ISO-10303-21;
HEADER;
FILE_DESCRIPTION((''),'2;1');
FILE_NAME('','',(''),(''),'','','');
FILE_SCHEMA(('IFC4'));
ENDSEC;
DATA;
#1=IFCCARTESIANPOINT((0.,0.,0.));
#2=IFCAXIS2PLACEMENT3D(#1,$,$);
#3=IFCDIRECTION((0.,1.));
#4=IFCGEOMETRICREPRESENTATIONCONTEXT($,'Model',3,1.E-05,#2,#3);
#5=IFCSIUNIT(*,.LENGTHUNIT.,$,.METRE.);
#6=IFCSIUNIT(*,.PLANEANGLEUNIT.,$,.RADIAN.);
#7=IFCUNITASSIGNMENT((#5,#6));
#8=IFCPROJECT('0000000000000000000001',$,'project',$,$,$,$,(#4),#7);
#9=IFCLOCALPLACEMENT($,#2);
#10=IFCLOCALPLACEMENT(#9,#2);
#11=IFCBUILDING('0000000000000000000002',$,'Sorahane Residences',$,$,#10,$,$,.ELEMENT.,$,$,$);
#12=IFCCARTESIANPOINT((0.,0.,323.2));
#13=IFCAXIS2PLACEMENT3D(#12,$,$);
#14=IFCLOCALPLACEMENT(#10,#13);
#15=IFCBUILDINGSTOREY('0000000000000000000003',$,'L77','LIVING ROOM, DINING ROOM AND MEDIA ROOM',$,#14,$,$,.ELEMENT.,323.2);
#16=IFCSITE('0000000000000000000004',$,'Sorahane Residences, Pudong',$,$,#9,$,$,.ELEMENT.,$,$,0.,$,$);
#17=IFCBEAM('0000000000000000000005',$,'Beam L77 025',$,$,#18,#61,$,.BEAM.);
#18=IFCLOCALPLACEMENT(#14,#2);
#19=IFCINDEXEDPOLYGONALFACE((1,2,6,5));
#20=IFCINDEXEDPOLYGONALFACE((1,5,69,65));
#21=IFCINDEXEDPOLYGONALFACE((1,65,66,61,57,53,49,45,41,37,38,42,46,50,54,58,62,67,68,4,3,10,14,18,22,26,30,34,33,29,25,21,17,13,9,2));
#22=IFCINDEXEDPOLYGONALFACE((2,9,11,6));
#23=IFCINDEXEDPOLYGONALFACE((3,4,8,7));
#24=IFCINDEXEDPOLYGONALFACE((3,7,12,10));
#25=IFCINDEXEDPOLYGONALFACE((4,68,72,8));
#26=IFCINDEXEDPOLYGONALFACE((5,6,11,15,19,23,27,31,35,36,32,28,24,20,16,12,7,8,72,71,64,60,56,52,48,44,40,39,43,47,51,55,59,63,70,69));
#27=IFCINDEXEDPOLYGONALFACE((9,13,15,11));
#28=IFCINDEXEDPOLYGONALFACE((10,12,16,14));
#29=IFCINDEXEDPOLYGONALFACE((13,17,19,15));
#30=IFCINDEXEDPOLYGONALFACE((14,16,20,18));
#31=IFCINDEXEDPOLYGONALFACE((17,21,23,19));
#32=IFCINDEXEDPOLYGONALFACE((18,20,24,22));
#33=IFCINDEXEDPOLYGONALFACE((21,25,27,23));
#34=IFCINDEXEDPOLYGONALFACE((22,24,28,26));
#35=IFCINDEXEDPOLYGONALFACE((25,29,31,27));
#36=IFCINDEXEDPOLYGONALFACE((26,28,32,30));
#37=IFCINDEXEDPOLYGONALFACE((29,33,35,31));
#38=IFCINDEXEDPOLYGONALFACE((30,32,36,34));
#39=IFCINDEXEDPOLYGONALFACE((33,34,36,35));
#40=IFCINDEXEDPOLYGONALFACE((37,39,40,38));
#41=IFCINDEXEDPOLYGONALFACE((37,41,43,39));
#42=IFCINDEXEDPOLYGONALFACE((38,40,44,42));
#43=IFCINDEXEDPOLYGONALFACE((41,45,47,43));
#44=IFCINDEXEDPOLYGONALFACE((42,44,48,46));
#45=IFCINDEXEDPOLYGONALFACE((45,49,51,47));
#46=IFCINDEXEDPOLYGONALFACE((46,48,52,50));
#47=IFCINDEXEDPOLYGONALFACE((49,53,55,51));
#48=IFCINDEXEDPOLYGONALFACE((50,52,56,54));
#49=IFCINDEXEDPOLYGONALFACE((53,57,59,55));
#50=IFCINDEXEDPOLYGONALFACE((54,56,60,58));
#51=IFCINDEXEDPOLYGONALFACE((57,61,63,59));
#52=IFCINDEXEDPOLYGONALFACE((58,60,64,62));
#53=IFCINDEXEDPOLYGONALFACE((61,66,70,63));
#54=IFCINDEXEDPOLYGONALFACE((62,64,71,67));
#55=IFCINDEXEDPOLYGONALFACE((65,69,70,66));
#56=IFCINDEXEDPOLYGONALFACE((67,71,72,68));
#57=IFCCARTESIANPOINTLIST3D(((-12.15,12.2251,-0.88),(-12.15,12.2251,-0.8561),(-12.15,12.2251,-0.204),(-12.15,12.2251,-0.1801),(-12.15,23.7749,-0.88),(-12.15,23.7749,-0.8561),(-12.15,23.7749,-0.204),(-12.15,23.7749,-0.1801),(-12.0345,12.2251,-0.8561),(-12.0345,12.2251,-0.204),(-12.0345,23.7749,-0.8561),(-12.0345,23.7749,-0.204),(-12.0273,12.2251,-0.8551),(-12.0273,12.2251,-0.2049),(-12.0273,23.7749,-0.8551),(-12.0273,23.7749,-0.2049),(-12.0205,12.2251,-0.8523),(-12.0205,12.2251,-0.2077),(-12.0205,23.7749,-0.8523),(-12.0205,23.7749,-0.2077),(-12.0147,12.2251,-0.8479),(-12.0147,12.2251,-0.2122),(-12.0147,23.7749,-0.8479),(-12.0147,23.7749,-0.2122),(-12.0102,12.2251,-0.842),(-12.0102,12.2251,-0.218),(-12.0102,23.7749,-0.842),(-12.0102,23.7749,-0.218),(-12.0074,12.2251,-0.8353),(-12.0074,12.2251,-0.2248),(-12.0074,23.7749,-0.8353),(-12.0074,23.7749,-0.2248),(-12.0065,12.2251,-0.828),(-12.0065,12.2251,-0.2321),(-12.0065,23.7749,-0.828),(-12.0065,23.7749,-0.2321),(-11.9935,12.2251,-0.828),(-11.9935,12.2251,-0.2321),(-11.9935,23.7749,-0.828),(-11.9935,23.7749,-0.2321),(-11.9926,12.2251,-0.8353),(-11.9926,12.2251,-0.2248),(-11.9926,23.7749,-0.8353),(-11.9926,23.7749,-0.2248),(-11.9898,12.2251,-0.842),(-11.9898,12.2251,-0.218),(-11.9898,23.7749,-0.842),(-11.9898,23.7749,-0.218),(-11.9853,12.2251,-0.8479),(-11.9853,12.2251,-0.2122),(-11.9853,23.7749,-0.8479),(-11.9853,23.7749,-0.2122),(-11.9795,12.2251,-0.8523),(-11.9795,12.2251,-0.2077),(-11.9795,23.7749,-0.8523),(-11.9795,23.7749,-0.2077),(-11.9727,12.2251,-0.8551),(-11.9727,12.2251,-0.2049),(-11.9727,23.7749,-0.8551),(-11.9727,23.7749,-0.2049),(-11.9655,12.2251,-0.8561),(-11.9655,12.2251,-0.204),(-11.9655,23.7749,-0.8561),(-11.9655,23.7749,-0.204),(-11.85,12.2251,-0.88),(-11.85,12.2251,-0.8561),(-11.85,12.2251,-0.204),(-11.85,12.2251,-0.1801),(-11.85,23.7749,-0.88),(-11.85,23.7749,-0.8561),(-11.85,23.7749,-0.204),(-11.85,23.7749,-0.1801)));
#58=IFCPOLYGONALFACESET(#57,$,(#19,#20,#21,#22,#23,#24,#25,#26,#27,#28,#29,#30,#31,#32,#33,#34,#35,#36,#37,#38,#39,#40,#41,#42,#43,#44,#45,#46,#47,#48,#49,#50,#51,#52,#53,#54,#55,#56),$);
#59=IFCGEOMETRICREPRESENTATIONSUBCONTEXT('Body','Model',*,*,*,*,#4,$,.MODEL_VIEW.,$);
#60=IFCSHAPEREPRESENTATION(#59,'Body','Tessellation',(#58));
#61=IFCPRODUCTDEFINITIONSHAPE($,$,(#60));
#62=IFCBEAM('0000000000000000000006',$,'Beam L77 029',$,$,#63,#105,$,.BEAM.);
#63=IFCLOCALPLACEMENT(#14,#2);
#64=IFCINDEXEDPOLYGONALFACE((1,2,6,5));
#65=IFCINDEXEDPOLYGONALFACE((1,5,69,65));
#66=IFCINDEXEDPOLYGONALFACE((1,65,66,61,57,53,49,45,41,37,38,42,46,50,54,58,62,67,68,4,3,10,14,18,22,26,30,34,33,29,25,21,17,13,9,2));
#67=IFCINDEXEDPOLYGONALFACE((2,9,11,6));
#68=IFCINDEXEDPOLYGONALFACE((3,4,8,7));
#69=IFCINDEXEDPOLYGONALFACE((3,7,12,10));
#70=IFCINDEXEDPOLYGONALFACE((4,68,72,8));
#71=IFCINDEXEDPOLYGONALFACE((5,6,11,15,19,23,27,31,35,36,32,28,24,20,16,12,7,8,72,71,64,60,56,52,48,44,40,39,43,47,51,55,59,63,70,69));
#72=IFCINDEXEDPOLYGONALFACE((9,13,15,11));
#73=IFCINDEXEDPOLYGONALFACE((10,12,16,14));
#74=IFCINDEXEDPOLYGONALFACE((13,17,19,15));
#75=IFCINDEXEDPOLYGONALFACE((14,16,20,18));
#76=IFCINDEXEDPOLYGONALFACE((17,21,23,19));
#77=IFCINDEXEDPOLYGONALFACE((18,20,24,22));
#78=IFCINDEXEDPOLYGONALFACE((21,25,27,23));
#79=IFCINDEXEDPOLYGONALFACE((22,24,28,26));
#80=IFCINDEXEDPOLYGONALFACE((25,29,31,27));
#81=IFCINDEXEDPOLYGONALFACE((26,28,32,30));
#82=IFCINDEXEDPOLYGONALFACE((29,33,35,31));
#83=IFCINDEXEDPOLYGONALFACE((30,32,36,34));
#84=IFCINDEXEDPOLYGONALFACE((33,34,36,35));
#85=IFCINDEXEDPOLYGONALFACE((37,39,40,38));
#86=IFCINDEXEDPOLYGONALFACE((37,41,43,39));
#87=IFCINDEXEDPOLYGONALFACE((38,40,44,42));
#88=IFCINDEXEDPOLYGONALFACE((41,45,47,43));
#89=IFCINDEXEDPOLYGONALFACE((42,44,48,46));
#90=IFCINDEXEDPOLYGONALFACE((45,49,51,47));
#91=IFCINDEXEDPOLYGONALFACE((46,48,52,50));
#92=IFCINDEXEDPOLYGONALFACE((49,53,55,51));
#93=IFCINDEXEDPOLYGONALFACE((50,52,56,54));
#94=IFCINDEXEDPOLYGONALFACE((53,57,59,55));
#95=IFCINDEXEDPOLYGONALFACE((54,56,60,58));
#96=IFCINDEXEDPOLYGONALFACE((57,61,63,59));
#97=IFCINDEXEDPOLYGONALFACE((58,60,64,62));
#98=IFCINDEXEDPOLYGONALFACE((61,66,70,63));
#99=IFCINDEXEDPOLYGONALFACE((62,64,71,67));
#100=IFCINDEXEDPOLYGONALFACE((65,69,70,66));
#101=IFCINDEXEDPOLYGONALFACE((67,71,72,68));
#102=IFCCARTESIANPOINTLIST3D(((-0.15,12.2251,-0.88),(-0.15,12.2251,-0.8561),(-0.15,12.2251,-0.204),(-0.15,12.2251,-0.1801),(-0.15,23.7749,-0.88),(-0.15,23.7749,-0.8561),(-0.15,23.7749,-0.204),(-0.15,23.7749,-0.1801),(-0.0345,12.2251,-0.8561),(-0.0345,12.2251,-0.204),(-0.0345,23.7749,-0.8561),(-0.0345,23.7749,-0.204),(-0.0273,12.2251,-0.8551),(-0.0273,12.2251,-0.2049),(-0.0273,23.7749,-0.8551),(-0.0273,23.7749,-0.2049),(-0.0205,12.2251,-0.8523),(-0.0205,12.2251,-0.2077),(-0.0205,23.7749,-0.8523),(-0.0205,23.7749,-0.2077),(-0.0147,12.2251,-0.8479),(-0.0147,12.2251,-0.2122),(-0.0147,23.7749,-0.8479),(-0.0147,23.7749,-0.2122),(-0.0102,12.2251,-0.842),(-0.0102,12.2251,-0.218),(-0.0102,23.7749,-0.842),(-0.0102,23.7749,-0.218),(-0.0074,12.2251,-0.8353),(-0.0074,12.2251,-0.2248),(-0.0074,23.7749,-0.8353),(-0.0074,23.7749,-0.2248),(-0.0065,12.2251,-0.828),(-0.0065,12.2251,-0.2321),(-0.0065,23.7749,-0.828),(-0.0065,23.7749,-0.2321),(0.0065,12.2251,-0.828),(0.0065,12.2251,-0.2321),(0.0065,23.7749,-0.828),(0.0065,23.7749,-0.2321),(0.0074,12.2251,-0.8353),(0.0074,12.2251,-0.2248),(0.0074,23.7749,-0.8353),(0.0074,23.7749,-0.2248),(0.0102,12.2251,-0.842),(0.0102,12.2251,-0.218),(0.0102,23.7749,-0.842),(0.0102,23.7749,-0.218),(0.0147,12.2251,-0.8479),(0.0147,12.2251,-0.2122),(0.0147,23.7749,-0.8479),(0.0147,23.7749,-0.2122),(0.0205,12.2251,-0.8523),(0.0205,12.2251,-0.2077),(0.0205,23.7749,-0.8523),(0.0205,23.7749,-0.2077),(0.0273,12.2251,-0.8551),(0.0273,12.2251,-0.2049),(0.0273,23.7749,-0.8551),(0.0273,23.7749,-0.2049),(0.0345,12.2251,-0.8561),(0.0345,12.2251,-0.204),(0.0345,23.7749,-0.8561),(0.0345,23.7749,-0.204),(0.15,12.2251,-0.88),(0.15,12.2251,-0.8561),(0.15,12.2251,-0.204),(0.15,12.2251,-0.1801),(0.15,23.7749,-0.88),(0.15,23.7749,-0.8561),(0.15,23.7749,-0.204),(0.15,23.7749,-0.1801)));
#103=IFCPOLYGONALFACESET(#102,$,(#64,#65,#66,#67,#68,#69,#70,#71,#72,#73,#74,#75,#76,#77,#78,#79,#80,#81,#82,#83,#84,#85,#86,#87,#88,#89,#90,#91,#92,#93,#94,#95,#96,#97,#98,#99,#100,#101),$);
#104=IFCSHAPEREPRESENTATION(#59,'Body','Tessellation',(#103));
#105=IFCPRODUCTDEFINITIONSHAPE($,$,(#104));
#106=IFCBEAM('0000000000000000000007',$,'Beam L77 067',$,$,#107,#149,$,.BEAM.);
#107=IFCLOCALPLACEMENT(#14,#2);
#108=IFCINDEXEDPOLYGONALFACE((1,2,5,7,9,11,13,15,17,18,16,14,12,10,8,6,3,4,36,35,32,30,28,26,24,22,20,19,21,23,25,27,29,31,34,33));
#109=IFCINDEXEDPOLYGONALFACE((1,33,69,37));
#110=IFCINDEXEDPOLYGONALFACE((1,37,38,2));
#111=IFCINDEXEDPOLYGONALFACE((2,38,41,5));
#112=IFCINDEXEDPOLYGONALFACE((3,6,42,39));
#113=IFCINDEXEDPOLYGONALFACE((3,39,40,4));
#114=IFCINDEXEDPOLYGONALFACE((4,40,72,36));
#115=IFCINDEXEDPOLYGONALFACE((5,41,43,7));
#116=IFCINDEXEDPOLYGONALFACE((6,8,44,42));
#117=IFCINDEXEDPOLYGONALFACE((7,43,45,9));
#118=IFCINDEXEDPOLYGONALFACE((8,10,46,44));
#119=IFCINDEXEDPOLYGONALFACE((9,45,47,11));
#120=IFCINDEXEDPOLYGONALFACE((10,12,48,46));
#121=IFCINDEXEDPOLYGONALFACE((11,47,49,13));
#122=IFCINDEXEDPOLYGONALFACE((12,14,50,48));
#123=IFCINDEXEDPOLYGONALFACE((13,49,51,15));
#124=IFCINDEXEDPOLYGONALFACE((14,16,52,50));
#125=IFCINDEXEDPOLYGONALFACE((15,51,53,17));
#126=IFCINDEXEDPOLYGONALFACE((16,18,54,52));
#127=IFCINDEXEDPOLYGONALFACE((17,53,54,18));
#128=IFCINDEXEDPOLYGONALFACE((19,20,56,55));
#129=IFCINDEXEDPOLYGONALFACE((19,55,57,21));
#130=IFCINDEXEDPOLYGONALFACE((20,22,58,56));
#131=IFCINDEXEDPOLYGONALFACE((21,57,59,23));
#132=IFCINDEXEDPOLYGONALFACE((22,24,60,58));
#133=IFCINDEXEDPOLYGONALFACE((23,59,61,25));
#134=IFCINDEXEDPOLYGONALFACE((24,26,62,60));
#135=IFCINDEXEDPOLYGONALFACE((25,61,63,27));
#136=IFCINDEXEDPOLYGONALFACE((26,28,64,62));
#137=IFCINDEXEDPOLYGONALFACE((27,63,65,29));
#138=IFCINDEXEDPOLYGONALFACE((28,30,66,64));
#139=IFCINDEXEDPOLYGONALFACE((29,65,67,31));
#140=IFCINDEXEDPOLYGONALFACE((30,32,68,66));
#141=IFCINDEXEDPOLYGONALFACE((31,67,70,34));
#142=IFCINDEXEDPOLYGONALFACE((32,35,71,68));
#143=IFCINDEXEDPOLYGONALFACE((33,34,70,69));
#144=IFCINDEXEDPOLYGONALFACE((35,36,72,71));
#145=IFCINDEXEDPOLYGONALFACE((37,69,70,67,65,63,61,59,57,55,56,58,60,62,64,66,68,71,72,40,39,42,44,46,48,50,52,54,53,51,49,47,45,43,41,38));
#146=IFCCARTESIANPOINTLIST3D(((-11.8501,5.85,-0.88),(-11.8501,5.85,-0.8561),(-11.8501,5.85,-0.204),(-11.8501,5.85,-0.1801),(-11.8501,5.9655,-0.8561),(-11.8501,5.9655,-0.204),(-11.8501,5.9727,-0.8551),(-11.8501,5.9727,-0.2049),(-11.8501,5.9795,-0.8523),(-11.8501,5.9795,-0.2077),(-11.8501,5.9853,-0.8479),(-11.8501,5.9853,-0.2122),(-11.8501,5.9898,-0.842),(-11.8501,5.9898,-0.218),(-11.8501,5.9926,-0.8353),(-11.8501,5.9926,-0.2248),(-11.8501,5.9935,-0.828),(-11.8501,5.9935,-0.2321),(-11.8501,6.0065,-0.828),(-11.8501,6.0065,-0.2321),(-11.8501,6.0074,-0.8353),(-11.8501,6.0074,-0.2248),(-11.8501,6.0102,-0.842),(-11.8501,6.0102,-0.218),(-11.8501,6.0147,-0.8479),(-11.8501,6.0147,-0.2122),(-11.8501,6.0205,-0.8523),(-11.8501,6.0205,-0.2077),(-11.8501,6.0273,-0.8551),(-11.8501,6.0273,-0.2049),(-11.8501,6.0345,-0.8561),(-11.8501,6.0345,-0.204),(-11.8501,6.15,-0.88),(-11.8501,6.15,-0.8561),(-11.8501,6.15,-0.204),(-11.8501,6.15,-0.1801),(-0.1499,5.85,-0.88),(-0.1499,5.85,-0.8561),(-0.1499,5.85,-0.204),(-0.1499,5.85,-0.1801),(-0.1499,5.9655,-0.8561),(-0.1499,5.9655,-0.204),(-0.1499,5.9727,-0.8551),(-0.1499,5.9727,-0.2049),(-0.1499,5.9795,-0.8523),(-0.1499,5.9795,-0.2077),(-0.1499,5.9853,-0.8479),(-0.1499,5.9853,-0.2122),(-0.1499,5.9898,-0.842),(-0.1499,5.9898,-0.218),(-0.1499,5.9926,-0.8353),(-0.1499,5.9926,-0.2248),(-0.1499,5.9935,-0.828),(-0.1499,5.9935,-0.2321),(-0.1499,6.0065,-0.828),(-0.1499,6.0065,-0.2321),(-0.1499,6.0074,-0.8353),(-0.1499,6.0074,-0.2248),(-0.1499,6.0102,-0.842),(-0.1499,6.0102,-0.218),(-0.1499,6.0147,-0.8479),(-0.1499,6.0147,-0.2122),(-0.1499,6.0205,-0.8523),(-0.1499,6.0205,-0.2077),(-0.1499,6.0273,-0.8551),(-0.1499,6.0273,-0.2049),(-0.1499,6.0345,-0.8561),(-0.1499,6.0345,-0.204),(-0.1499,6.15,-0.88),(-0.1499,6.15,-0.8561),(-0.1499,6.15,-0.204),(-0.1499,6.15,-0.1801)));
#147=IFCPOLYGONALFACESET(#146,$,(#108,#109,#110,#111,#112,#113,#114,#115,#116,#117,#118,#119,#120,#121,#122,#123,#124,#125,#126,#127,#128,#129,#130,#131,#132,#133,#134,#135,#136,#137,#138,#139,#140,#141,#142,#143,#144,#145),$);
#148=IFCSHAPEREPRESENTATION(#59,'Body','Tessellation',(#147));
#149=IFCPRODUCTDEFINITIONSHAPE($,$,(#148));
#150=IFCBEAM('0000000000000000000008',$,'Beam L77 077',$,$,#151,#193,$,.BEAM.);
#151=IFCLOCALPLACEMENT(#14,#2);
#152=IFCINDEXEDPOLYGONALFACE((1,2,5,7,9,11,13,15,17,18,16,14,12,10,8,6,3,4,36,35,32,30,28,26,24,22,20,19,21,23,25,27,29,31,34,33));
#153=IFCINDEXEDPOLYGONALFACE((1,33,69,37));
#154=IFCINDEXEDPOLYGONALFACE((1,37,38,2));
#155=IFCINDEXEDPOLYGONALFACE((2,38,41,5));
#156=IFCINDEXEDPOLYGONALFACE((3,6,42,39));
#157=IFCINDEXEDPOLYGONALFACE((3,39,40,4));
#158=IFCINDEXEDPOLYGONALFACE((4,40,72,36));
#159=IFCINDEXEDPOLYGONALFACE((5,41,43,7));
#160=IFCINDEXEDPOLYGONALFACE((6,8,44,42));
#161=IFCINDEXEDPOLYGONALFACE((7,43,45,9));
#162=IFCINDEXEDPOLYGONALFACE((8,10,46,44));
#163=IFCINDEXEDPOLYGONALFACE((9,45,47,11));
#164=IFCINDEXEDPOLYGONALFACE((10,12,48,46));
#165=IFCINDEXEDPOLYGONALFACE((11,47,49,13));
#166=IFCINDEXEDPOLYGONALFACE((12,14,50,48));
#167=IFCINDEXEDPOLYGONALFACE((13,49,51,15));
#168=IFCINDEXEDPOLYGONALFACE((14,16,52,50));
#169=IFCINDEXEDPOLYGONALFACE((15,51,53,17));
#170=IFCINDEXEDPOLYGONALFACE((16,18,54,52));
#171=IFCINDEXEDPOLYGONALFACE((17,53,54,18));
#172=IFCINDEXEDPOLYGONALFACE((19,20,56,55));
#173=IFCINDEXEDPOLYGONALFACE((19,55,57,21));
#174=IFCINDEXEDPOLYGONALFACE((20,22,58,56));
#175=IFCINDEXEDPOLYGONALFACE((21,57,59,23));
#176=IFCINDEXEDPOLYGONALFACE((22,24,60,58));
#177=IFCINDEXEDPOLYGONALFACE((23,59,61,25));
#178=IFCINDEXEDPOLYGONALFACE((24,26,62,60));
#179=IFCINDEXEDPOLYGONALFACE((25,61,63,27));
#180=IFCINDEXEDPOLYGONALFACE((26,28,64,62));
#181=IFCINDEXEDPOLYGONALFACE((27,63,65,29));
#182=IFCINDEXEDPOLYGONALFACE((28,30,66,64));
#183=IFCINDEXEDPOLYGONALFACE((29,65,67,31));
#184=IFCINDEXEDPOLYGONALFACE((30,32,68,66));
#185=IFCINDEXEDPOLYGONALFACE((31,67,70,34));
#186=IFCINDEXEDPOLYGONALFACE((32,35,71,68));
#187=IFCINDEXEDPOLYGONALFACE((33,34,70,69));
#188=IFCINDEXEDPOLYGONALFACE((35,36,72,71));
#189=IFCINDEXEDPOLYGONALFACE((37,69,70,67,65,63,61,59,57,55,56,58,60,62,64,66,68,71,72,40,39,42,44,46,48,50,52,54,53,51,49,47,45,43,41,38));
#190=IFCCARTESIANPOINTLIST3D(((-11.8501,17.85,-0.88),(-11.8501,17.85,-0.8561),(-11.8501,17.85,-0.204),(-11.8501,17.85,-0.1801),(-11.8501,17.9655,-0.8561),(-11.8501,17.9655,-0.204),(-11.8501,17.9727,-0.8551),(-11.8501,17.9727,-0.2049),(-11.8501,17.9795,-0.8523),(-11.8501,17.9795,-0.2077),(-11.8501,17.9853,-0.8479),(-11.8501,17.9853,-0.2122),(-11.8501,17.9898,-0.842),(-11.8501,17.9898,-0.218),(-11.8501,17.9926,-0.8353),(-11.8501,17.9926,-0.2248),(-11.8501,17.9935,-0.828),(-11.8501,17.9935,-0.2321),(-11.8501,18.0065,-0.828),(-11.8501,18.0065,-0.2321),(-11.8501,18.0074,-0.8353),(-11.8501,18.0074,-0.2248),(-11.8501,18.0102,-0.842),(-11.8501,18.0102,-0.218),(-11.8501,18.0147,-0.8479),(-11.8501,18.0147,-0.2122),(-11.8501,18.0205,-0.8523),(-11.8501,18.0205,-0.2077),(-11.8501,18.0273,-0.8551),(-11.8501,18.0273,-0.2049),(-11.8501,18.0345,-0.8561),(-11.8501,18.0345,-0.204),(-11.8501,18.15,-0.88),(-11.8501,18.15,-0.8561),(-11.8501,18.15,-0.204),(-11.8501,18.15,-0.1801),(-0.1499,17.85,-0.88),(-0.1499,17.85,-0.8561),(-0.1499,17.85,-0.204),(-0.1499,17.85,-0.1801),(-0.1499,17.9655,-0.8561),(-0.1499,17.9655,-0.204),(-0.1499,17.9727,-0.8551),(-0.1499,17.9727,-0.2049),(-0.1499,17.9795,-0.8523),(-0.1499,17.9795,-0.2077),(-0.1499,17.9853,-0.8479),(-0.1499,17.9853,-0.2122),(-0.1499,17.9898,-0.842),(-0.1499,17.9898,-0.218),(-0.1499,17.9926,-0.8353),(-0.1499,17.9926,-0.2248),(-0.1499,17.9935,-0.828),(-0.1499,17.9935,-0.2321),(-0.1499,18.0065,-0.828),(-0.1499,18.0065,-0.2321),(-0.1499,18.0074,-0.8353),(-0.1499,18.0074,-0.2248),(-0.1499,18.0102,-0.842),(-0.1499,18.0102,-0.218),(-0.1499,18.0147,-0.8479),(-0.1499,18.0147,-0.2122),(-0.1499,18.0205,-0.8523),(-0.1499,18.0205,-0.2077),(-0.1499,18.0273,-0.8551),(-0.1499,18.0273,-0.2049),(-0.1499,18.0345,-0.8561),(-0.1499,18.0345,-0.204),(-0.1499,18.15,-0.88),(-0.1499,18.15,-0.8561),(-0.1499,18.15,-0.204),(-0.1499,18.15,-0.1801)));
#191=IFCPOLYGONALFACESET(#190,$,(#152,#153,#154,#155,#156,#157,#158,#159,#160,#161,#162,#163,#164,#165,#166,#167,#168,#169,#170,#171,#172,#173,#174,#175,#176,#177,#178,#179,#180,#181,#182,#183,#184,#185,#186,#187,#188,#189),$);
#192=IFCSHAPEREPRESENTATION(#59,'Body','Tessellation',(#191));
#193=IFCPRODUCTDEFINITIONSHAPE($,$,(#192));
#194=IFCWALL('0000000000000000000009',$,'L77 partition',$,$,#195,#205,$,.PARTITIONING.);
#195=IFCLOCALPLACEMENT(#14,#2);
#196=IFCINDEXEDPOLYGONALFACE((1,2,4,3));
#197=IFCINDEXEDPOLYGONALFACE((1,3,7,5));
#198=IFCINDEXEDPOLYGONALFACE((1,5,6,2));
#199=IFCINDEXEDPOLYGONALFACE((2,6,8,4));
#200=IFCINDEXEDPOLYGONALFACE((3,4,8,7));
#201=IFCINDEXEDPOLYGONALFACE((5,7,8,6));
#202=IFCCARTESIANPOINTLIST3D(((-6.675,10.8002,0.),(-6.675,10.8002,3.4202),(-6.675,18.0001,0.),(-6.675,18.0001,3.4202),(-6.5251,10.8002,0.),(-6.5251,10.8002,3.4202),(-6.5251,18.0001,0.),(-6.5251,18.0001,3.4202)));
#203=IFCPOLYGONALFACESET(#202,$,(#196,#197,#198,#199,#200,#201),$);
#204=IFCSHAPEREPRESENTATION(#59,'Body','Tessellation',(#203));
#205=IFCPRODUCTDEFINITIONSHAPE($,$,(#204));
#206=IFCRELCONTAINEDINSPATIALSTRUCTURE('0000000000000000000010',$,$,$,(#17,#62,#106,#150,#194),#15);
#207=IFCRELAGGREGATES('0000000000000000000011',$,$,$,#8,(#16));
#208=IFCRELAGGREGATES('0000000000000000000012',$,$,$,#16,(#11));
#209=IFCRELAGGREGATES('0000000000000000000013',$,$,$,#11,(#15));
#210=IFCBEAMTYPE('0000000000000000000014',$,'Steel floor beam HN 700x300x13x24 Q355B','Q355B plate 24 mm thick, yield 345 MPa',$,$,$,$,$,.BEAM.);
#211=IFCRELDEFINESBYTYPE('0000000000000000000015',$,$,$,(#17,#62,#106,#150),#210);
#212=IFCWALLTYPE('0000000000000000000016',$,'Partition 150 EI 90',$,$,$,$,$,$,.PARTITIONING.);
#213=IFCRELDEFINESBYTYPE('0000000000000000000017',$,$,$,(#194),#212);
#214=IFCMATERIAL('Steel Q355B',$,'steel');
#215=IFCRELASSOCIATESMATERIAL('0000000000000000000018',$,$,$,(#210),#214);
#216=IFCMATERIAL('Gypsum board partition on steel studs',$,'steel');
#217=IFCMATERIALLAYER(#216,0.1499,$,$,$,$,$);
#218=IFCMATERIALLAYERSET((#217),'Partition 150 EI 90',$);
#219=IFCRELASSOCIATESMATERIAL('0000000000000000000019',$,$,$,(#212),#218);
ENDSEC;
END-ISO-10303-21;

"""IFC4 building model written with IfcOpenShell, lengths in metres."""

from ifc_helpers import new_model, si_unit, direction, frame, frame_2d, origin, origin_2d, place, context, subcontext, project, spatial, rectangle, i_section, extrude, material, layer, layer_set, material_profile, profile_set, type_object, element, save


model = new_model("IFC4")

# Units and contexts
model_context = context("Model", 3, precision=1e-05, world=origin(), true_north=direction((0.0, 1.0)))
body_context = subcontext(model_context, "Body", "Model", "MODEL_VIEW")
ifc_project = project(units=[si_unit("LENGTHUNIT", "METRE"), si_unit("PLANEANGLEUNIT", "RADIAN")], contexts=[model_context])

# Site, building, storey
site_placement = place(None, origin())
site = spatial("IfcSite", under=ifc_project, at=site_placement, Name="Sorahane Residences, Pudong", CompositionType="ELEMENT", RefElevation=0.0)
building_placement = place(site_placement, origin())
building = spatial("IfcBuilding", under=site, at=building_placement, Name="Sorahane Residences", CompositionType="ELEMENT")
storey_placement = place(building_placement, frame((0.0, 0.0, 323.2)))
storey = spatial("IfcBuildingStorey", under=building, at=storey_placement, Name="L77", Description="LIVING ROOM, DINING ROOM AND MEDIA ROOM", CompositionType="ELEMENT", Elevation=323.2)

# Beams
ifc_material_1 = material(Name="Steel Q355B", Category="steel")
ifc_material_profile_1 = material_profile(ifc_material_1, i_section(OverallWidth=0.3, OverallDepth=0.7, WebThickness=0.0129, FlangeThickness=0.0239, FilletRadius=0.0281, at=origin_2d()), Name="HN 700x300x13x24")
ifc_profile_set_1 = profile_set([ifc_material_profile_1], Name="Steel Q355B")
beam_type_1 = type_object("IfcBeamType", Name="Steel floor beam HN 700x300x13x24 Q355B", Description="Q355B plate 24 mm thick, yield 345 MPa", PredefinedType="BEAM", material=ifc_profile_set_1)
for number, where, z_axis, x_axis, name in (
    (1, (-12.0, 12.2251, -0.53), (0.0, 1.0, 0.0), (-1.0, 0.0, 0.0), "Beam L77 025"),
    (2, (0.0, 12.2251, -0.53), (0.0, 1.0, 0.0), (-1.0, 0.0, 0.0), "Beam L77 029"),
):
    element("IfcBeam", number, at=place(storey_placement, frame(where, z_axis=z_axis, x_axis=x_axis)), inside=storey, type_object=beam_type_1, Name=name, PredefinedType="BEAM", context=body_context, shape_type="SweptSolid", body=[
        extrude(i_section(OverallWidth=0.3, OverallDepth=0.7, WebThickness=0.0129, FlangeThickness=0.0239, FilletRadius=0.0281, at=origin_2d()), origin(), (0.0, 0.0, 1.0), 11.5498),
    ])
for number, where, z_axis, x_axis, name in (
    (3, (-11.8501, 6.0, -0.53), (1.0, 0.0, 0.0), (0.0, 1.0, 0.0), "Beam L77 067"),
    (4, (-11.8501, 18.0, -0.53), (1.0, 0.0, 0.0), (0.0, 1.0, 0.0), "Beam L77 077"),
):
    element("IfcBeam", number, at=place(storey_placement, frame(where, z_axis=z_axis, x_axis=x_axis)), inside=storey, type_object=beam_type_1, Name=name, PredefinedType="BEAM", context=body_context, shape_type="SweptSolid", body=[
        extrude(i_section(OverallWidth=0.3, OverallDepth=0.7, WebThickness=0.0129, FlangeThickness=0.0239, FilletRadius=0.0281, at=origin_2d()), origin(), (0.0, 0.0, 1.0), 11.7002),
    ])

# Shared definitions
ifc_material_2 = material(Name="Gypsum board partition on steel studs", Category="steel")
ifc_layer = layer(ifc_material_2, 0.1499)
ifc_layer_set = layer_set([ifc_layer], Name="Partition 150 EI 90")
wall_type = type_object("IfcWallType", Name="Partition 150 EI 90", PredefinedType="PARTITIONING", material=ifc_layer_set)

# Wall
wall_1_placement = place(storey_placement, frame((-6.6001, 10.8, 0.0), z_axis=(0.0, 0.0, 1.0), x_axis=(0.0, 1.0, 0.0)))
element("IfcWall", 5, at=wall_1_placement, inside=storey, type_object=wall_type, Name="L77 partition", PredefinedType="PARTITIONING", context=body_context, shape_type="SweptSolid", body=[
    extrude(rectangle(XDim=7.2, YDim=0.1499, at=frame_2d((3.6001, 0.0))), origin(), (0.0, 0.0, 1.0), 3.4202),
])

save(model, "model.ifc")
